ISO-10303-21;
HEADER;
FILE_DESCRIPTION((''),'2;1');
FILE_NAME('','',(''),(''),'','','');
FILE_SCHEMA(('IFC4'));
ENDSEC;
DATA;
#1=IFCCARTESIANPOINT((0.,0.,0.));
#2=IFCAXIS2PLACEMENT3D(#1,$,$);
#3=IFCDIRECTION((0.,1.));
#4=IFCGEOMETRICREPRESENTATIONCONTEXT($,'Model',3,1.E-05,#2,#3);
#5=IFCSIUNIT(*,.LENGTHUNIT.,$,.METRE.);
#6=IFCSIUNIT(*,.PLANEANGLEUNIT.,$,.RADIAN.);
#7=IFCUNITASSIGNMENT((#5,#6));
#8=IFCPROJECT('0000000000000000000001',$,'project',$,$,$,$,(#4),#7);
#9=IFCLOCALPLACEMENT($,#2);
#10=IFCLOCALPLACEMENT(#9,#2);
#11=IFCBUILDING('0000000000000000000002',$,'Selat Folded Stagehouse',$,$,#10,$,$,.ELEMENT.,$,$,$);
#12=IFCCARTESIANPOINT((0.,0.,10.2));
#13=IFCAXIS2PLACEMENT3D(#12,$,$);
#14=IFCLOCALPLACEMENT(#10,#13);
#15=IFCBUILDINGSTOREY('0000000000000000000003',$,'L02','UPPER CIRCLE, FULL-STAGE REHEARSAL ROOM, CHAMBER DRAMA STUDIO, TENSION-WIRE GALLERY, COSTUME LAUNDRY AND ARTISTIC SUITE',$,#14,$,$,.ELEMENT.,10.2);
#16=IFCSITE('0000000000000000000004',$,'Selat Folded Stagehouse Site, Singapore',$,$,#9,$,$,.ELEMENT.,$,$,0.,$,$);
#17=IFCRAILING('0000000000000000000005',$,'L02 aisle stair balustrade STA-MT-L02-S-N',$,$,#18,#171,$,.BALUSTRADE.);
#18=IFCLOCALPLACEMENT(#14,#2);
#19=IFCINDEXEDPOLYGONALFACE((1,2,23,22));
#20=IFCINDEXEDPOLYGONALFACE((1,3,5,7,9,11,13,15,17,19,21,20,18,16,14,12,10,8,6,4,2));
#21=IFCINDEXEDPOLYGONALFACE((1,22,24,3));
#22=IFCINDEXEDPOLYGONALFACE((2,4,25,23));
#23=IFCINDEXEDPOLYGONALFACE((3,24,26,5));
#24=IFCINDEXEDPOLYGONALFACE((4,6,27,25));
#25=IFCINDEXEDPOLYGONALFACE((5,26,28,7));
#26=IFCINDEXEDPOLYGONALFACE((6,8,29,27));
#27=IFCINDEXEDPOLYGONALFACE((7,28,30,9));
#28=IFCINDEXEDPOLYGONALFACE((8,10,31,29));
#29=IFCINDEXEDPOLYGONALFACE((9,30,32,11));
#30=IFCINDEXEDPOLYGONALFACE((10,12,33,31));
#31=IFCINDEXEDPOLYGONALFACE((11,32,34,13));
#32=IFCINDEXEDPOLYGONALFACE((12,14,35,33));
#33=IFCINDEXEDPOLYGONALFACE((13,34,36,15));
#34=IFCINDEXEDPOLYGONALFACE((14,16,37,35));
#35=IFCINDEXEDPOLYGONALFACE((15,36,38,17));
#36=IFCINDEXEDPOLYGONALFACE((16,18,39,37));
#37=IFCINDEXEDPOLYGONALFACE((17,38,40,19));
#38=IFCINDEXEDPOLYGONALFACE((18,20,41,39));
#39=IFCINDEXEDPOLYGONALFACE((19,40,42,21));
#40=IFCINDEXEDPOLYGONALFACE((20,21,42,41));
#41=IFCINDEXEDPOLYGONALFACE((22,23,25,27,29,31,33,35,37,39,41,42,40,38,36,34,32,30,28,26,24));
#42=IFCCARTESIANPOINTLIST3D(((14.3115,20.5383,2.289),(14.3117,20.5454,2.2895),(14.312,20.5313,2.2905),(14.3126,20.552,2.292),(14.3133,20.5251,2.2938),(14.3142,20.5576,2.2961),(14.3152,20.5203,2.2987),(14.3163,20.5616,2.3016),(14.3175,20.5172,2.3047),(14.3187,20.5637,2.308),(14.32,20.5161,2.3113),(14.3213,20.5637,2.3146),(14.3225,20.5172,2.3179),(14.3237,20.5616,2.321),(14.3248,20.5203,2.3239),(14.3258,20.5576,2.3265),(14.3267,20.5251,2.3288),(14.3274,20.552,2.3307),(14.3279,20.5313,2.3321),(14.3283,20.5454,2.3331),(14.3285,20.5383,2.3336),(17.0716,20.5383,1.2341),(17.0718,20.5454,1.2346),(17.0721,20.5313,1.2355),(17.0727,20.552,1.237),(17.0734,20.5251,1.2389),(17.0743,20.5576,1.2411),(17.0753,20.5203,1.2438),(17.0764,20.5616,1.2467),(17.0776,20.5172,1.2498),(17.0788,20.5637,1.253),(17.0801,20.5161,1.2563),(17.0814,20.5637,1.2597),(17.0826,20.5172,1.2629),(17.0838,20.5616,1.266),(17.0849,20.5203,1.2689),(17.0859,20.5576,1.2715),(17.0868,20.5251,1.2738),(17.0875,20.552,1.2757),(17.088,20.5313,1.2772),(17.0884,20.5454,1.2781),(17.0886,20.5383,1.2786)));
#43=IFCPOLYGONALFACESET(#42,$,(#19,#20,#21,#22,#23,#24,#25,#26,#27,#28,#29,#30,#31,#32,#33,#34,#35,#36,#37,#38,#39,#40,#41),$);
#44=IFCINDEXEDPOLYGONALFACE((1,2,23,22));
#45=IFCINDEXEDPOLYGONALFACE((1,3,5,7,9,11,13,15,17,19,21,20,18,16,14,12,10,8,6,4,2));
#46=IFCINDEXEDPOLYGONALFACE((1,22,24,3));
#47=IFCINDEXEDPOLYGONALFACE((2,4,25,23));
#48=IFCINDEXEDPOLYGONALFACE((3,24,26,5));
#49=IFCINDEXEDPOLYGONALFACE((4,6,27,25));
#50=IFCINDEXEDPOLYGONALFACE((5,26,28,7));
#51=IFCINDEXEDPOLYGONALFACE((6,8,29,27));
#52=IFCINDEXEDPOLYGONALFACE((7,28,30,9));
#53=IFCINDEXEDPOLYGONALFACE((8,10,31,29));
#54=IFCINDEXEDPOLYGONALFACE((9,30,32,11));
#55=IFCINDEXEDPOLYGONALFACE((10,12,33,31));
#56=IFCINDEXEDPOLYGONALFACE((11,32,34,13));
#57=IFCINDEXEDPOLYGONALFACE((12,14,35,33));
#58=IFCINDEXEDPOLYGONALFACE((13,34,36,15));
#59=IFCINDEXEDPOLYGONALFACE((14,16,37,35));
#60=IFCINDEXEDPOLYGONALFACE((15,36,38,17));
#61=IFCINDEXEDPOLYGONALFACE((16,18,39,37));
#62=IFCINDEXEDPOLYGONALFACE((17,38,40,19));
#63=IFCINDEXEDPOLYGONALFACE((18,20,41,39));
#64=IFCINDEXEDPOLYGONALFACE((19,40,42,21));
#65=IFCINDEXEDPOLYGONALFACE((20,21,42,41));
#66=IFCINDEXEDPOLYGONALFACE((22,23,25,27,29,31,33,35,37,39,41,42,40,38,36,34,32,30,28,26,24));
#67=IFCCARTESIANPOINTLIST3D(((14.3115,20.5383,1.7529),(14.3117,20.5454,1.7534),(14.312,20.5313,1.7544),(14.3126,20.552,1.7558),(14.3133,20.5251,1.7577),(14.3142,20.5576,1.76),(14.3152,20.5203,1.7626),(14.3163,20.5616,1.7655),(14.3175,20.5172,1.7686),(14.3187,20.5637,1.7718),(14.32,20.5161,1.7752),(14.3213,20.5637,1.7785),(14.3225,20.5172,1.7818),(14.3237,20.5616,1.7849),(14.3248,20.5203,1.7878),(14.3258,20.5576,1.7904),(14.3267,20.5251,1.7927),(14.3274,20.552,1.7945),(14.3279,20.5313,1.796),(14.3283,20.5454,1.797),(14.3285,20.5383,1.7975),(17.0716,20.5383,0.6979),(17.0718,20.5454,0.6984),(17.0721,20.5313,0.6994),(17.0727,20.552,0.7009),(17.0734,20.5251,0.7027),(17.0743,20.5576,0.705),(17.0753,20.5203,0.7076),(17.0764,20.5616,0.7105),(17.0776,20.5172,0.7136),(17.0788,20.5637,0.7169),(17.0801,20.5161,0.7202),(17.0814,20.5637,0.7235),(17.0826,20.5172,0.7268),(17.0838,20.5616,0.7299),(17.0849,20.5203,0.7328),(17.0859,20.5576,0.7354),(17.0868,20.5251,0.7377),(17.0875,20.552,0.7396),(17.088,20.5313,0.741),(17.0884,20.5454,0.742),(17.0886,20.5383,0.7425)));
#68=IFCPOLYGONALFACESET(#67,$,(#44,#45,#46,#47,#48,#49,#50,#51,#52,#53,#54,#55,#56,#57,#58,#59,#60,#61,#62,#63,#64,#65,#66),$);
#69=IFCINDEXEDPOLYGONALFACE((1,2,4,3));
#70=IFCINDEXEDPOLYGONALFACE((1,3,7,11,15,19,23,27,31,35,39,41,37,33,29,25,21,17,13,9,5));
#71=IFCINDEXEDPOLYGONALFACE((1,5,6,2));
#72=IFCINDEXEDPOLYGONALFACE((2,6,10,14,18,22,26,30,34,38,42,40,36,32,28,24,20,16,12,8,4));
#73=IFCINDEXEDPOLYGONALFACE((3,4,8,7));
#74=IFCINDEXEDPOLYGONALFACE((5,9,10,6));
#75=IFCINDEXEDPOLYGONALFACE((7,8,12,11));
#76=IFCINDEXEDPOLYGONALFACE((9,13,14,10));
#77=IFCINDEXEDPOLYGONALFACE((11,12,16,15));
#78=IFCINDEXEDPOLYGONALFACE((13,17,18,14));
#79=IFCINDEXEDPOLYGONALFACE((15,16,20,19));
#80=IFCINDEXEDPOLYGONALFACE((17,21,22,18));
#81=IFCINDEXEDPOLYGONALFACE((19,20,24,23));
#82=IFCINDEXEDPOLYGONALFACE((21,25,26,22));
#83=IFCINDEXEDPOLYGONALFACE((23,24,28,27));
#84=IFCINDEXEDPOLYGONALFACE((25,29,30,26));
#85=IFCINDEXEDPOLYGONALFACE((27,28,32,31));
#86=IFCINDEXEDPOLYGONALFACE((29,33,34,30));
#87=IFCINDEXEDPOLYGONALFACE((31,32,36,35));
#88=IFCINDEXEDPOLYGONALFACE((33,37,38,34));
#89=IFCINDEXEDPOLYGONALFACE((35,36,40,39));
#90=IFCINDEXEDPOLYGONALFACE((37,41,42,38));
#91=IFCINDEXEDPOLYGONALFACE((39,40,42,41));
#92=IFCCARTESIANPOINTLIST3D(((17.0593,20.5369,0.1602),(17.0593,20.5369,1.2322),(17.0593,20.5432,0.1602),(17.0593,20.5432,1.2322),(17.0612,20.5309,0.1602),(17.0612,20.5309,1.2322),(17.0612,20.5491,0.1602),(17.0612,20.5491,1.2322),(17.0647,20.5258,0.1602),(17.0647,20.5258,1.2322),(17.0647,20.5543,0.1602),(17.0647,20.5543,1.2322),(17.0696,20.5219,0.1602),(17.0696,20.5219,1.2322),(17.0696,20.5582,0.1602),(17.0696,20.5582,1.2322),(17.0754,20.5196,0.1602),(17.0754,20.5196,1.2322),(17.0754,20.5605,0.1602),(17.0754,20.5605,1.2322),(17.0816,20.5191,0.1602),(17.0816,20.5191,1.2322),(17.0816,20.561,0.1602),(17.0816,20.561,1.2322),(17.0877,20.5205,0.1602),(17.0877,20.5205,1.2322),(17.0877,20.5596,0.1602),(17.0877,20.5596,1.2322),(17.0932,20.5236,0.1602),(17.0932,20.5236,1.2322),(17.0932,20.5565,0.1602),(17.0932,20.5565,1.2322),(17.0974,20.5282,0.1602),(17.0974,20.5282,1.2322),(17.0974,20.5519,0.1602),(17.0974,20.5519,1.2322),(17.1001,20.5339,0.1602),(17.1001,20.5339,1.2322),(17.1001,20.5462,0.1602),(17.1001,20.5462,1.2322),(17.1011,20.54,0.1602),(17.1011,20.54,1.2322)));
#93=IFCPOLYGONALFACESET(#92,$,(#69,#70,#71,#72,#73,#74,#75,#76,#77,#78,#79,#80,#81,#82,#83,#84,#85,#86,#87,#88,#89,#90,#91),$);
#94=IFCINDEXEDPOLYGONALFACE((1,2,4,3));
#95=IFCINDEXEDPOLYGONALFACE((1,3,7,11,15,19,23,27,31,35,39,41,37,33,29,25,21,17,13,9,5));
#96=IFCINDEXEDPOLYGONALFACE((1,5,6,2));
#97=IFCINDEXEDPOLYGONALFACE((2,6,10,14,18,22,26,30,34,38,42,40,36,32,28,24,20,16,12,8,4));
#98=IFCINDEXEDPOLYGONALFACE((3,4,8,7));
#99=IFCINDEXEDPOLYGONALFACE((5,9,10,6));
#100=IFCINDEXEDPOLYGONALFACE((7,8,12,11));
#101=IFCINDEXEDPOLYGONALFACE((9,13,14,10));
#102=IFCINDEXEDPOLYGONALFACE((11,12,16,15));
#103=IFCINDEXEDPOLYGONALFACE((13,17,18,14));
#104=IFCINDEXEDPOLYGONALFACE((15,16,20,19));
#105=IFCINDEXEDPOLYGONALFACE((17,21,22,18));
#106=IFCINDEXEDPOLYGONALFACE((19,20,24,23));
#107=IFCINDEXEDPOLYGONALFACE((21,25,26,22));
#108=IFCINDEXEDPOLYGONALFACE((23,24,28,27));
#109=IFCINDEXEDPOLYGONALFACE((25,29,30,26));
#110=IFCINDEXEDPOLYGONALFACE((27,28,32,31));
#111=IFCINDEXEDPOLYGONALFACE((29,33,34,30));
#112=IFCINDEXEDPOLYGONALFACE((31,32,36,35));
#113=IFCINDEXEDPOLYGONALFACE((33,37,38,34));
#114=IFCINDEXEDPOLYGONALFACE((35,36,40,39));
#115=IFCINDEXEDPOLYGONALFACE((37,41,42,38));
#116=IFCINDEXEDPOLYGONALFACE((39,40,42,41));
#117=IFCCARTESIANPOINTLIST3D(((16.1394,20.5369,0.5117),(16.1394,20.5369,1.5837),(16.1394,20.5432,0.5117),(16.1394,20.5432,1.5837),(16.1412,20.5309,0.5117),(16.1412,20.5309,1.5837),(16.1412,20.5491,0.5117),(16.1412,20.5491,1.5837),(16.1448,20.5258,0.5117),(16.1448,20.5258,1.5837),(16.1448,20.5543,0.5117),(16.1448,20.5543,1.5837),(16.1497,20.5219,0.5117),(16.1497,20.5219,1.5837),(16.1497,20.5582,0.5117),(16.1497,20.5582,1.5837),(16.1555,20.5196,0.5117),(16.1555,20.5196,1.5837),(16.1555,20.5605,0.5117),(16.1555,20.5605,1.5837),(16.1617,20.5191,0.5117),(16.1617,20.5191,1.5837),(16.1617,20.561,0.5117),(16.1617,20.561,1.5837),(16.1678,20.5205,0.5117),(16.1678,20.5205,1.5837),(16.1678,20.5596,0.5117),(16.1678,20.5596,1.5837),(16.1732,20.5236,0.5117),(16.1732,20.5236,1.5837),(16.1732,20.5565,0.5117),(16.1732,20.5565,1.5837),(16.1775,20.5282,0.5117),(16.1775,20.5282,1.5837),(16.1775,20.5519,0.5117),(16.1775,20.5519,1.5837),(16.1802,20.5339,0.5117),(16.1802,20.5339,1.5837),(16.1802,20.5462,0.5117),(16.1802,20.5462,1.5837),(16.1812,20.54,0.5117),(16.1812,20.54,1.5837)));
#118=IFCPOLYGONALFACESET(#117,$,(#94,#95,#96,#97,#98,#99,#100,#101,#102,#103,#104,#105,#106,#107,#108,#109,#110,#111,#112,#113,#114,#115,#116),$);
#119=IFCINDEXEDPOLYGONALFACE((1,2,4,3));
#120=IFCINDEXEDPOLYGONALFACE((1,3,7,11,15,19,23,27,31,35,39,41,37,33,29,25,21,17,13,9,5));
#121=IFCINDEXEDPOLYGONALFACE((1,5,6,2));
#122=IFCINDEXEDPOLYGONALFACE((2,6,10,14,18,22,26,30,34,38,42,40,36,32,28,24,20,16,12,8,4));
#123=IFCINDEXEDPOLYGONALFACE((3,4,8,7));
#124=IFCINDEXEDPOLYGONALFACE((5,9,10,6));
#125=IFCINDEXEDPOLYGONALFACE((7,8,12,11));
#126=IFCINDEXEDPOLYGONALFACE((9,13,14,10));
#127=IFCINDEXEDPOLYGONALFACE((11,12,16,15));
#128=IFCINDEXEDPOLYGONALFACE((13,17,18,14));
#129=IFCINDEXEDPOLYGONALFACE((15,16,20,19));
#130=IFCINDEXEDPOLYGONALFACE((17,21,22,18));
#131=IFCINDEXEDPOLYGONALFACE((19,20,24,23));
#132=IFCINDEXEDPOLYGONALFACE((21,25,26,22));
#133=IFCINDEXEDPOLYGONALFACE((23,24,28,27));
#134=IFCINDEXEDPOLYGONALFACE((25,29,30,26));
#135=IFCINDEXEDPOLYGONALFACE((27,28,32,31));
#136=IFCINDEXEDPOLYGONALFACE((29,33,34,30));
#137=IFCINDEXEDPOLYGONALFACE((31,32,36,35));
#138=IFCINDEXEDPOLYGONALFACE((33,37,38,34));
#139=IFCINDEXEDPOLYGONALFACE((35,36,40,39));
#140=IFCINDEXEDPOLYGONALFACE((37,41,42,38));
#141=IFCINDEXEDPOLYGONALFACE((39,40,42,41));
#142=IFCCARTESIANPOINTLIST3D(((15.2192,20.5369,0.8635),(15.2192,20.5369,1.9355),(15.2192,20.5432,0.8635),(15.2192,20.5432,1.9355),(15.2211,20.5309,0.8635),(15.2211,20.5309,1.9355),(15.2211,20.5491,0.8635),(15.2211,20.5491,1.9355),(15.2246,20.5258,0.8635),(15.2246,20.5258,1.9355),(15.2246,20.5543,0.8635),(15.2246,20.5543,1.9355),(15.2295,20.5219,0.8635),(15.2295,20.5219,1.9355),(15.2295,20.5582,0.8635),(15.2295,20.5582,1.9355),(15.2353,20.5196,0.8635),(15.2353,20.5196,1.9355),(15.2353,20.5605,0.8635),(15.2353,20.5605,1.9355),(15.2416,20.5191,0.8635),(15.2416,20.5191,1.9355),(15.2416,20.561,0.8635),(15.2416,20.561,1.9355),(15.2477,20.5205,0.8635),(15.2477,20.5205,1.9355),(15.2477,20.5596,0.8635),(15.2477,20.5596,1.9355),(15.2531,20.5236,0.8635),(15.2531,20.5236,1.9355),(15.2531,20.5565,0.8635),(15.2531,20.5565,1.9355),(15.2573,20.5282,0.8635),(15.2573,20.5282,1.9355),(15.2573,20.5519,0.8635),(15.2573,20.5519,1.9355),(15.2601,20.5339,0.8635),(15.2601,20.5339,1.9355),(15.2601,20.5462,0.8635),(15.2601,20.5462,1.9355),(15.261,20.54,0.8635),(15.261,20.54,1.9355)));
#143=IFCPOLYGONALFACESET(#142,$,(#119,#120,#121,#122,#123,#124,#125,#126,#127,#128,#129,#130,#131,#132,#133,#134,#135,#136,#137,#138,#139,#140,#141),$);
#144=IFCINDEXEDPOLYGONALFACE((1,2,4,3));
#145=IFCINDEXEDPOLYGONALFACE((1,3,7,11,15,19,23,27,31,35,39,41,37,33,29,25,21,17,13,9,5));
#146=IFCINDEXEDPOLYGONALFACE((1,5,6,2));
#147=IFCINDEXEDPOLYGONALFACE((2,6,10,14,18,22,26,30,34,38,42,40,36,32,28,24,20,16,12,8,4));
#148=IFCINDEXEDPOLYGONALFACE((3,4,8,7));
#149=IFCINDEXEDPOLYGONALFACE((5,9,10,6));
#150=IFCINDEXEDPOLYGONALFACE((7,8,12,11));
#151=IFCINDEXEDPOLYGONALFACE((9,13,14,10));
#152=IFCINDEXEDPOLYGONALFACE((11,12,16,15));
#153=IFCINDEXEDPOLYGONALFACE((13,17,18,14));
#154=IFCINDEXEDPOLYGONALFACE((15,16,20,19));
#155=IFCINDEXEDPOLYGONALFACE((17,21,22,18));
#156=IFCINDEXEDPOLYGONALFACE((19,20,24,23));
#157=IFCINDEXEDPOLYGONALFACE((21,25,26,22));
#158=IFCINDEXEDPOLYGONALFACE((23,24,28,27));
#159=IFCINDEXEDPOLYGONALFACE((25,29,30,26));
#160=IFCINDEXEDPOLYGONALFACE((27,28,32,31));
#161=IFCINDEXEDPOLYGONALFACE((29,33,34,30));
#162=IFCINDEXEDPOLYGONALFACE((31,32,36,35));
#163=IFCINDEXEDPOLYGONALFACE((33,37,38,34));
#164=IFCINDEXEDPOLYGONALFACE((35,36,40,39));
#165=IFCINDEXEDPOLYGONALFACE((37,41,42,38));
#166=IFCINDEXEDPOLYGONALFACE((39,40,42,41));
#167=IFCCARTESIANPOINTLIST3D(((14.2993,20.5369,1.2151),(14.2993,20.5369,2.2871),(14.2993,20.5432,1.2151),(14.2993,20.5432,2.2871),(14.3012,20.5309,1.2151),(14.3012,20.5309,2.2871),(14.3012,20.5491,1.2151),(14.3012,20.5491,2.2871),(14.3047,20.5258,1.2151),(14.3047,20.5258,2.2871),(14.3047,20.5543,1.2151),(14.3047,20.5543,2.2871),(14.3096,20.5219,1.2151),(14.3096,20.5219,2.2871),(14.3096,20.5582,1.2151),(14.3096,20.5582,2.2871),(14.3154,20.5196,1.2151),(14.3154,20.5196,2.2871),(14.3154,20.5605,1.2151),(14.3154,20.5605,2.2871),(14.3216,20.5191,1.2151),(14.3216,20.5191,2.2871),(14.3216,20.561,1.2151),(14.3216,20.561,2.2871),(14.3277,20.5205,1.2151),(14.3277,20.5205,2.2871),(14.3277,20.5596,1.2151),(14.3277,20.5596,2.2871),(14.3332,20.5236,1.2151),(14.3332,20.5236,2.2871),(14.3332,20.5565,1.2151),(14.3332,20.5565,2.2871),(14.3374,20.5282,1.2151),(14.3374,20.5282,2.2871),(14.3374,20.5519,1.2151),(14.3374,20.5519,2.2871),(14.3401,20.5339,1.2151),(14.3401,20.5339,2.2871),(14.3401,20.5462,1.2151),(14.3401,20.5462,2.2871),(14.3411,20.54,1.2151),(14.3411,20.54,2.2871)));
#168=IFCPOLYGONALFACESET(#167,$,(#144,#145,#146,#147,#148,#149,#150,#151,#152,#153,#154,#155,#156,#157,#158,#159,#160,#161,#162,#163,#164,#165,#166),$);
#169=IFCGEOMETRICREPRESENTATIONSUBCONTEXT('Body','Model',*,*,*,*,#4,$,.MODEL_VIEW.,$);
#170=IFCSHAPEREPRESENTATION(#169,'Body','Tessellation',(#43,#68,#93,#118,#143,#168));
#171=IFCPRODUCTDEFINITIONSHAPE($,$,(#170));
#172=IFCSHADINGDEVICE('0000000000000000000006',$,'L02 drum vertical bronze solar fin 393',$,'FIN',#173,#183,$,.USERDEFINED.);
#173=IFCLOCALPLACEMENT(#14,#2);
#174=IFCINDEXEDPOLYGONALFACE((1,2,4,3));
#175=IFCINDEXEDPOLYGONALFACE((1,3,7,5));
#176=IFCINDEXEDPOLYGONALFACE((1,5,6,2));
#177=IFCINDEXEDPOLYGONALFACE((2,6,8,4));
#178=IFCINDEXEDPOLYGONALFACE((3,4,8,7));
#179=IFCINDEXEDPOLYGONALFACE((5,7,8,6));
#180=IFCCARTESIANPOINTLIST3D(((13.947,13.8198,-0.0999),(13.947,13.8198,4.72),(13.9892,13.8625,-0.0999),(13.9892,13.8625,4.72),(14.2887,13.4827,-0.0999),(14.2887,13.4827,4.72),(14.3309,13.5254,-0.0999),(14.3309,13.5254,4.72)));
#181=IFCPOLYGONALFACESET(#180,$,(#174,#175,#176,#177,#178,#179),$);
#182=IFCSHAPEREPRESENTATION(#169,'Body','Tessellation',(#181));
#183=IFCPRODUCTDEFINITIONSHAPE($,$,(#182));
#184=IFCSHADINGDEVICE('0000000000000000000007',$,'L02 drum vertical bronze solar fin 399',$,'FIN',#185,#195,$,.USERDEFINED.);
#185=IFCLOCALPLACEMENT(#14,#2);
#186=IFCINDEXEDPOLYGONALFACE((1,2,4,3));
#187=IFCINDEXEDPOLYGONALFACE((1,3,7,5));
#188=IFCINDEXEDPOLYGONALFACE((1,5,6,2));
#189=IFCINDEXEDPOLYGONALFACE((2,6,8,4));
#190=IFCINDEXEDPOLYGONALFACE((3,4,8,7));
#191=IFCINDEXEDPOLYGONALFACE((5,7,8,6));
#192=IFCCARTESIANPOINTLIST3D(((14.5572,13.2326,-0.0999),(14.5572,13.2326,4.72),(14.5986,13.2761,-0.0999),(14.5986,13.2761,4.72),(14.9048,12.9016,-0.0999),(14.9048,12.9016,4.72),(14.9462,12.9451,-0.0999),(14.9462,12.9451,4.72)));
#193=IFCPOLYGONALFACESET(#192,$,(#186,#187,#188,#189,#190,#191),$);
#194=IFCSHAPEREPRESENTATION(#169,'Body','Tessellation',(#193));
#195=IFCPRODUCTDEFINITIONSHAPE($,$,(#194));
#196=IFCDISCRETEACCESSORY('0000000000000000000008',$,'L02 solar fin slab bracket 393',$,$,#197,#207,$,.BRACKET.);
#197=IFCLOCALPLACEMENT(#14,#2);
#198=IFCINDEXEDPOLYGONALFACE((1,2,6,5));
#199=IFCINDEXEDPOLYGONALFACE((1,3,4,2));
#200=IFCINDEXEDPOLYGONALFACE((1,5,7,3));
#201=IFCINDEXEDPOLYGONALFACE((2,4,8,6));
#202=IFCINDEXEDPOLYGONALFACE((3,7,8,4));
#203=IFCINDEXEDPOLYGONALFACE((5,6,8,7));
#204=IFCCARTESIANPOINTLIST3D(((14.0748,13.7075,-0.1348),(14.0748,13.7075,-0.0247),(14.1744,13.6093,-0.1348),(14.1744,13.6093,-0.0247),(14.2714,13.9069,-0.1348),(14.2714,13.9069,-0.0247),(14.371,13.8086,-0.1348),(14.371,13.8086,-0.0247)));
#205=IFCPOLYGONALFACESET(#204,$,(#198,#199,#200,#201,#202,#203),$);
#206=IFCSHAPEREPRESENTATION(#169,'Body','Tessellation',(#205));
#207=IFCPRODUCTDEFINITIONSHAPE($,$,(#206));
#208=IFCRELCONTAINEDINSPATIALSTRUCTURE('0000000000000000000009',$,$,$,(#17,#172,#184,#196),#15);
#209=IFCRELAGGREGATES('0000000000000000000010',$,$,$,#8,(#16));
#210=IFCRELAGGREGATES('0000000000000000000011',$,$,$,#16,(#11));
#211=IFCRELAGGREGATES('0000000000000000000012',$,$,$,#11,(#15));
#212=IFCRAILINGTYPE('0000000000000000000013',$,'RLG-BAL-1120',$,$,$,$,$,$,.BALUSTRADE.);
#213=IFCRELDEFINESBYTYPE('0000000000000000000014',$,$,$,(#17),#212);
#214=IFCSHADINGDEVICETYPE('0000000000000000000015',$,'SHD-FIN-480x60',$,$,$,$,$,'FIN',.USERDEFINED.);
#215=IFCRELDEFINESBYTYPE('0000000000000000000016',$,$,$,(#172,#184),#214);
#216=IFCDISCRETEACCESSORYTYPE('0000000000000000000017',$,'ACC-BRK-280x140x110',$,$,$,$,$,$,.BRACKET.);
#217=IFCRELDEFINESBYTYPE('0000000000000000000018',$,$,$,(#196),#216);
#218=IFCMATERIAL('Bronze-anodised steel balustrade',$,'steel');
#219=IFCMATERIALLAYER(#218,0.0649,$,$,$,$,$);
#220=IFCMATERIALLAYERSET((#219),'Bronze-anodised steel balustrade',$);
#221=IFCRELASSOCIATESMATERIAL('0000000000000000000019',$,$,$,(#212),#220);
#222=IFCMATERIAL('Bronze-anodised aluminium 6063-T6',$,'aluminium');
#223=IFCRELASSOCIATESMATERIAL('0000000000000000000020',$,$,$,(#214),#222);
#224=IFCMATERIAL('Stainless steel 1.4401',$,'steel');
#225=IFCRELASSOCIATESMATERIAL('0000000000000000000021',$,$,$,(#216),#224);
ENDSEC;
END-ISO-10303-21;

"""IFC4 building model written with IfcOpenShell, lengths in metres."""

from ifc_helpers import new_model, si_unit, direction, frame, origin, origin_2d, place, context, subcontext, project, spatial, rectangle, circle, extrude, material, layer, layer_set, material_profile, profile_set, type_object, element, save


model = new_model("IFC4")

# Units and contexts
model_context = context("Model", 3, precision=1e-05, world=origin(), true_north=direction((0.0, 1.0)))
body_context = subcontext(model_context, "Body", "Model", "MODEL_VIEW")
ifc_project = project(units=[si_unit("LENGTHUNIT", "METRE"), si_unit("PLANEANGLEUNIT", "RADIAN")], contexts=[model_context])

# Site, building, storey
site_placement = place(None, origin())
site = spatial("IfcSite", under=ifc_project, at=site_placement, Name="Selat Folded Stagehouse Site, Singapore", CompositionType="ELEMENT", RefElevation=0.0)
building_placement = place(site_placement, origin())
building = spatial("IfcBuilding", under=site, at=building_placement, Name="Selat Folded Stagehouse", CompositionType="ELEMENT")
storey_placement = place(building_placement, frame((0.0, 0.0, 10.2)))
storey = spatial("IfcBuildingStorey", under=building, at=storey_placement, Name="L02", Description="UPPER CIRCLE, FULL-STAGE REHEARSAL ROOM, CHAMBER DRAMA STUDIO, TENSION-WIRE GALLERY, COSTUME LAUNDRY AND ARTISTIC SUITE", CompositionType="ELEMENT", Elevation=10.2)

# Railing
ifc_material_1 = material(Name="Bronze-anodised steel balustrade", Category="steel")
ifc_layer_1 = layer(ifc_material_1, 0.0649)
ifc_layer_set_1 = layer_set([ifc_layer_1], Name="Bronze-anodised steel balustrade")
railing_type = type_object("IfcRailingType", Name="RLG-BAL-1120", PredefinedType="BALUSTRADE", material=ifc_layer_set_1)
for number, where, name in (
    (1, (17.0801, 20.54, 0.1602), "L02 aisle stair balustrade STA-MT-L02-S-N"),
):
    element("IfcRailing", number, at=place(storey_placement, frame(where)), inside=storey, type_object=railing_type, Name=name, PredefinedType="BALUSTRADE", context=body_context, shape_type="SweptSolid", body=[
        extrude(circle(Radius=0.0239, at=origin_2d()), frame((0.0, 0.0, 1.0962), z_axis=(-0.934093, 0.0, 0.357029), x_axis=(0.0, -1.0, 0.0)), (0.0, 0.0, 1.0), 2.9548),
        extrude(circle(Radius=0.0239, at=origin_2d()), frame((0.0, 0.0, 0.5601), z_axis=(-0.934093, 0.0, 0.357029), x_axis=(0.0, -1.0, 0.0)), (0.0, 0.0, 1.0), 2.9548),
        extrude(circle(Radius=0.021, at=origin_2d()), origin(), (0.0, 0.0, 1.0), 1.072),
        extrude(circle(Radius=0.021, at=origin_2d()), frame((-0.9199, 0.0, 0.3516)), (0.0, 0.0, 1.0), 1.072),
        extrude(circle(Radius=0.021, at=origin_2d()), frame((-1.8401, 0.0, 0.7034)), (0.0, 0.0, 1.0), 1.072),
        extrude(circle(Radius=0.021, at=origin_2d()), frame((-2.76, 0.0, 1.0549)), (0.0, 0.0, 1.0), 1.072),
    ])

# Shading devices
ifc_material_2 = material(Name="Bronze-anodised aluminium 6063-T6", Category="aluminium")
ifc_material_profile_1 = material_profile(ifc_material_2, rectangle(XDim=0.0601, YDim=0.48, at=origin_2d()), Name="SOLAR-FIN 480x60")
ifc_profile_set_1 = profile_set([ifc_material_profile_1], Name="Bronze-anodised aluminium 6063-T6")
shading_device_type = type_object("IfcShadingDeviceType", Name="SHD-FIN-480x60", ElementType="FIN", PredefinedType="USERDEFINED", material=ifc_profile_set_1)
for number, where, z_axis, x_axis, name in (
    (2, (14.1389, 13.6726, -0.0999), (0.0, 0.0, 1.0), (-0.702277, -0.711903, 0.0), "L02 drum vertical bronze solar fin 393"),
    (3, (14.7517, 13.0889, -0.0999), (0.0, 0.0, 1.0), (-0.68962, -0.724172, 0.0), "L02 drum vertical bronze solar fin 399"),
):
    element("IfcShadingDevice", number, at=place(storey_placement, frame(where, z_axis=z_axis, x_axis=x_axis)), inside=storey, type_object=shading_device_type, Name=name, ObjectType="FIN", PredefinedType="USERDEFINED", context=body_context, shape_type="SweptSolid", body=[
        extrude(rectangle(XDim=0.0601, YDim=0.48, at=origin_2d()), origin(), (0.0, 0.0, 1.0), 4.8198),
    ])

# Discrete accessory
ifc_material_3 = material(Name="Stainless steel 1.4401", Category="steel")
discrete_accessory_type = type_object("IfcDiscreteAccessoryType", Name="ACC-BRK-280x140x110", PredefinedType="BRACKET", material=ifc_material_3)
for number, where, z_axis, x_axis, name in (
    (4, (14.2229, 13.7581, -0.1348), (0.0, 0.0, 1.0), (-0.702277, -0.711903, 0.0), "L02 solar fin slab bracket 393"),
):
    element("IfcDiscreteAccessory", number, at=place(storey_placement, frame(where, z_axis=z_axis, x_axis=x_axis)), inside=storey, type_object=discrete_accessory_type, Name=name, PredefinedType="BRACKET", context=body_context, shape_type="SweptSolid", body=[
        extrude(rectangle(XDim=0.28, YDim=0.1399, at=origin_2d()), origin(), (0.0, 0.0, 1.0), 0.1101),
    ])

save(model, "model.ifc")
